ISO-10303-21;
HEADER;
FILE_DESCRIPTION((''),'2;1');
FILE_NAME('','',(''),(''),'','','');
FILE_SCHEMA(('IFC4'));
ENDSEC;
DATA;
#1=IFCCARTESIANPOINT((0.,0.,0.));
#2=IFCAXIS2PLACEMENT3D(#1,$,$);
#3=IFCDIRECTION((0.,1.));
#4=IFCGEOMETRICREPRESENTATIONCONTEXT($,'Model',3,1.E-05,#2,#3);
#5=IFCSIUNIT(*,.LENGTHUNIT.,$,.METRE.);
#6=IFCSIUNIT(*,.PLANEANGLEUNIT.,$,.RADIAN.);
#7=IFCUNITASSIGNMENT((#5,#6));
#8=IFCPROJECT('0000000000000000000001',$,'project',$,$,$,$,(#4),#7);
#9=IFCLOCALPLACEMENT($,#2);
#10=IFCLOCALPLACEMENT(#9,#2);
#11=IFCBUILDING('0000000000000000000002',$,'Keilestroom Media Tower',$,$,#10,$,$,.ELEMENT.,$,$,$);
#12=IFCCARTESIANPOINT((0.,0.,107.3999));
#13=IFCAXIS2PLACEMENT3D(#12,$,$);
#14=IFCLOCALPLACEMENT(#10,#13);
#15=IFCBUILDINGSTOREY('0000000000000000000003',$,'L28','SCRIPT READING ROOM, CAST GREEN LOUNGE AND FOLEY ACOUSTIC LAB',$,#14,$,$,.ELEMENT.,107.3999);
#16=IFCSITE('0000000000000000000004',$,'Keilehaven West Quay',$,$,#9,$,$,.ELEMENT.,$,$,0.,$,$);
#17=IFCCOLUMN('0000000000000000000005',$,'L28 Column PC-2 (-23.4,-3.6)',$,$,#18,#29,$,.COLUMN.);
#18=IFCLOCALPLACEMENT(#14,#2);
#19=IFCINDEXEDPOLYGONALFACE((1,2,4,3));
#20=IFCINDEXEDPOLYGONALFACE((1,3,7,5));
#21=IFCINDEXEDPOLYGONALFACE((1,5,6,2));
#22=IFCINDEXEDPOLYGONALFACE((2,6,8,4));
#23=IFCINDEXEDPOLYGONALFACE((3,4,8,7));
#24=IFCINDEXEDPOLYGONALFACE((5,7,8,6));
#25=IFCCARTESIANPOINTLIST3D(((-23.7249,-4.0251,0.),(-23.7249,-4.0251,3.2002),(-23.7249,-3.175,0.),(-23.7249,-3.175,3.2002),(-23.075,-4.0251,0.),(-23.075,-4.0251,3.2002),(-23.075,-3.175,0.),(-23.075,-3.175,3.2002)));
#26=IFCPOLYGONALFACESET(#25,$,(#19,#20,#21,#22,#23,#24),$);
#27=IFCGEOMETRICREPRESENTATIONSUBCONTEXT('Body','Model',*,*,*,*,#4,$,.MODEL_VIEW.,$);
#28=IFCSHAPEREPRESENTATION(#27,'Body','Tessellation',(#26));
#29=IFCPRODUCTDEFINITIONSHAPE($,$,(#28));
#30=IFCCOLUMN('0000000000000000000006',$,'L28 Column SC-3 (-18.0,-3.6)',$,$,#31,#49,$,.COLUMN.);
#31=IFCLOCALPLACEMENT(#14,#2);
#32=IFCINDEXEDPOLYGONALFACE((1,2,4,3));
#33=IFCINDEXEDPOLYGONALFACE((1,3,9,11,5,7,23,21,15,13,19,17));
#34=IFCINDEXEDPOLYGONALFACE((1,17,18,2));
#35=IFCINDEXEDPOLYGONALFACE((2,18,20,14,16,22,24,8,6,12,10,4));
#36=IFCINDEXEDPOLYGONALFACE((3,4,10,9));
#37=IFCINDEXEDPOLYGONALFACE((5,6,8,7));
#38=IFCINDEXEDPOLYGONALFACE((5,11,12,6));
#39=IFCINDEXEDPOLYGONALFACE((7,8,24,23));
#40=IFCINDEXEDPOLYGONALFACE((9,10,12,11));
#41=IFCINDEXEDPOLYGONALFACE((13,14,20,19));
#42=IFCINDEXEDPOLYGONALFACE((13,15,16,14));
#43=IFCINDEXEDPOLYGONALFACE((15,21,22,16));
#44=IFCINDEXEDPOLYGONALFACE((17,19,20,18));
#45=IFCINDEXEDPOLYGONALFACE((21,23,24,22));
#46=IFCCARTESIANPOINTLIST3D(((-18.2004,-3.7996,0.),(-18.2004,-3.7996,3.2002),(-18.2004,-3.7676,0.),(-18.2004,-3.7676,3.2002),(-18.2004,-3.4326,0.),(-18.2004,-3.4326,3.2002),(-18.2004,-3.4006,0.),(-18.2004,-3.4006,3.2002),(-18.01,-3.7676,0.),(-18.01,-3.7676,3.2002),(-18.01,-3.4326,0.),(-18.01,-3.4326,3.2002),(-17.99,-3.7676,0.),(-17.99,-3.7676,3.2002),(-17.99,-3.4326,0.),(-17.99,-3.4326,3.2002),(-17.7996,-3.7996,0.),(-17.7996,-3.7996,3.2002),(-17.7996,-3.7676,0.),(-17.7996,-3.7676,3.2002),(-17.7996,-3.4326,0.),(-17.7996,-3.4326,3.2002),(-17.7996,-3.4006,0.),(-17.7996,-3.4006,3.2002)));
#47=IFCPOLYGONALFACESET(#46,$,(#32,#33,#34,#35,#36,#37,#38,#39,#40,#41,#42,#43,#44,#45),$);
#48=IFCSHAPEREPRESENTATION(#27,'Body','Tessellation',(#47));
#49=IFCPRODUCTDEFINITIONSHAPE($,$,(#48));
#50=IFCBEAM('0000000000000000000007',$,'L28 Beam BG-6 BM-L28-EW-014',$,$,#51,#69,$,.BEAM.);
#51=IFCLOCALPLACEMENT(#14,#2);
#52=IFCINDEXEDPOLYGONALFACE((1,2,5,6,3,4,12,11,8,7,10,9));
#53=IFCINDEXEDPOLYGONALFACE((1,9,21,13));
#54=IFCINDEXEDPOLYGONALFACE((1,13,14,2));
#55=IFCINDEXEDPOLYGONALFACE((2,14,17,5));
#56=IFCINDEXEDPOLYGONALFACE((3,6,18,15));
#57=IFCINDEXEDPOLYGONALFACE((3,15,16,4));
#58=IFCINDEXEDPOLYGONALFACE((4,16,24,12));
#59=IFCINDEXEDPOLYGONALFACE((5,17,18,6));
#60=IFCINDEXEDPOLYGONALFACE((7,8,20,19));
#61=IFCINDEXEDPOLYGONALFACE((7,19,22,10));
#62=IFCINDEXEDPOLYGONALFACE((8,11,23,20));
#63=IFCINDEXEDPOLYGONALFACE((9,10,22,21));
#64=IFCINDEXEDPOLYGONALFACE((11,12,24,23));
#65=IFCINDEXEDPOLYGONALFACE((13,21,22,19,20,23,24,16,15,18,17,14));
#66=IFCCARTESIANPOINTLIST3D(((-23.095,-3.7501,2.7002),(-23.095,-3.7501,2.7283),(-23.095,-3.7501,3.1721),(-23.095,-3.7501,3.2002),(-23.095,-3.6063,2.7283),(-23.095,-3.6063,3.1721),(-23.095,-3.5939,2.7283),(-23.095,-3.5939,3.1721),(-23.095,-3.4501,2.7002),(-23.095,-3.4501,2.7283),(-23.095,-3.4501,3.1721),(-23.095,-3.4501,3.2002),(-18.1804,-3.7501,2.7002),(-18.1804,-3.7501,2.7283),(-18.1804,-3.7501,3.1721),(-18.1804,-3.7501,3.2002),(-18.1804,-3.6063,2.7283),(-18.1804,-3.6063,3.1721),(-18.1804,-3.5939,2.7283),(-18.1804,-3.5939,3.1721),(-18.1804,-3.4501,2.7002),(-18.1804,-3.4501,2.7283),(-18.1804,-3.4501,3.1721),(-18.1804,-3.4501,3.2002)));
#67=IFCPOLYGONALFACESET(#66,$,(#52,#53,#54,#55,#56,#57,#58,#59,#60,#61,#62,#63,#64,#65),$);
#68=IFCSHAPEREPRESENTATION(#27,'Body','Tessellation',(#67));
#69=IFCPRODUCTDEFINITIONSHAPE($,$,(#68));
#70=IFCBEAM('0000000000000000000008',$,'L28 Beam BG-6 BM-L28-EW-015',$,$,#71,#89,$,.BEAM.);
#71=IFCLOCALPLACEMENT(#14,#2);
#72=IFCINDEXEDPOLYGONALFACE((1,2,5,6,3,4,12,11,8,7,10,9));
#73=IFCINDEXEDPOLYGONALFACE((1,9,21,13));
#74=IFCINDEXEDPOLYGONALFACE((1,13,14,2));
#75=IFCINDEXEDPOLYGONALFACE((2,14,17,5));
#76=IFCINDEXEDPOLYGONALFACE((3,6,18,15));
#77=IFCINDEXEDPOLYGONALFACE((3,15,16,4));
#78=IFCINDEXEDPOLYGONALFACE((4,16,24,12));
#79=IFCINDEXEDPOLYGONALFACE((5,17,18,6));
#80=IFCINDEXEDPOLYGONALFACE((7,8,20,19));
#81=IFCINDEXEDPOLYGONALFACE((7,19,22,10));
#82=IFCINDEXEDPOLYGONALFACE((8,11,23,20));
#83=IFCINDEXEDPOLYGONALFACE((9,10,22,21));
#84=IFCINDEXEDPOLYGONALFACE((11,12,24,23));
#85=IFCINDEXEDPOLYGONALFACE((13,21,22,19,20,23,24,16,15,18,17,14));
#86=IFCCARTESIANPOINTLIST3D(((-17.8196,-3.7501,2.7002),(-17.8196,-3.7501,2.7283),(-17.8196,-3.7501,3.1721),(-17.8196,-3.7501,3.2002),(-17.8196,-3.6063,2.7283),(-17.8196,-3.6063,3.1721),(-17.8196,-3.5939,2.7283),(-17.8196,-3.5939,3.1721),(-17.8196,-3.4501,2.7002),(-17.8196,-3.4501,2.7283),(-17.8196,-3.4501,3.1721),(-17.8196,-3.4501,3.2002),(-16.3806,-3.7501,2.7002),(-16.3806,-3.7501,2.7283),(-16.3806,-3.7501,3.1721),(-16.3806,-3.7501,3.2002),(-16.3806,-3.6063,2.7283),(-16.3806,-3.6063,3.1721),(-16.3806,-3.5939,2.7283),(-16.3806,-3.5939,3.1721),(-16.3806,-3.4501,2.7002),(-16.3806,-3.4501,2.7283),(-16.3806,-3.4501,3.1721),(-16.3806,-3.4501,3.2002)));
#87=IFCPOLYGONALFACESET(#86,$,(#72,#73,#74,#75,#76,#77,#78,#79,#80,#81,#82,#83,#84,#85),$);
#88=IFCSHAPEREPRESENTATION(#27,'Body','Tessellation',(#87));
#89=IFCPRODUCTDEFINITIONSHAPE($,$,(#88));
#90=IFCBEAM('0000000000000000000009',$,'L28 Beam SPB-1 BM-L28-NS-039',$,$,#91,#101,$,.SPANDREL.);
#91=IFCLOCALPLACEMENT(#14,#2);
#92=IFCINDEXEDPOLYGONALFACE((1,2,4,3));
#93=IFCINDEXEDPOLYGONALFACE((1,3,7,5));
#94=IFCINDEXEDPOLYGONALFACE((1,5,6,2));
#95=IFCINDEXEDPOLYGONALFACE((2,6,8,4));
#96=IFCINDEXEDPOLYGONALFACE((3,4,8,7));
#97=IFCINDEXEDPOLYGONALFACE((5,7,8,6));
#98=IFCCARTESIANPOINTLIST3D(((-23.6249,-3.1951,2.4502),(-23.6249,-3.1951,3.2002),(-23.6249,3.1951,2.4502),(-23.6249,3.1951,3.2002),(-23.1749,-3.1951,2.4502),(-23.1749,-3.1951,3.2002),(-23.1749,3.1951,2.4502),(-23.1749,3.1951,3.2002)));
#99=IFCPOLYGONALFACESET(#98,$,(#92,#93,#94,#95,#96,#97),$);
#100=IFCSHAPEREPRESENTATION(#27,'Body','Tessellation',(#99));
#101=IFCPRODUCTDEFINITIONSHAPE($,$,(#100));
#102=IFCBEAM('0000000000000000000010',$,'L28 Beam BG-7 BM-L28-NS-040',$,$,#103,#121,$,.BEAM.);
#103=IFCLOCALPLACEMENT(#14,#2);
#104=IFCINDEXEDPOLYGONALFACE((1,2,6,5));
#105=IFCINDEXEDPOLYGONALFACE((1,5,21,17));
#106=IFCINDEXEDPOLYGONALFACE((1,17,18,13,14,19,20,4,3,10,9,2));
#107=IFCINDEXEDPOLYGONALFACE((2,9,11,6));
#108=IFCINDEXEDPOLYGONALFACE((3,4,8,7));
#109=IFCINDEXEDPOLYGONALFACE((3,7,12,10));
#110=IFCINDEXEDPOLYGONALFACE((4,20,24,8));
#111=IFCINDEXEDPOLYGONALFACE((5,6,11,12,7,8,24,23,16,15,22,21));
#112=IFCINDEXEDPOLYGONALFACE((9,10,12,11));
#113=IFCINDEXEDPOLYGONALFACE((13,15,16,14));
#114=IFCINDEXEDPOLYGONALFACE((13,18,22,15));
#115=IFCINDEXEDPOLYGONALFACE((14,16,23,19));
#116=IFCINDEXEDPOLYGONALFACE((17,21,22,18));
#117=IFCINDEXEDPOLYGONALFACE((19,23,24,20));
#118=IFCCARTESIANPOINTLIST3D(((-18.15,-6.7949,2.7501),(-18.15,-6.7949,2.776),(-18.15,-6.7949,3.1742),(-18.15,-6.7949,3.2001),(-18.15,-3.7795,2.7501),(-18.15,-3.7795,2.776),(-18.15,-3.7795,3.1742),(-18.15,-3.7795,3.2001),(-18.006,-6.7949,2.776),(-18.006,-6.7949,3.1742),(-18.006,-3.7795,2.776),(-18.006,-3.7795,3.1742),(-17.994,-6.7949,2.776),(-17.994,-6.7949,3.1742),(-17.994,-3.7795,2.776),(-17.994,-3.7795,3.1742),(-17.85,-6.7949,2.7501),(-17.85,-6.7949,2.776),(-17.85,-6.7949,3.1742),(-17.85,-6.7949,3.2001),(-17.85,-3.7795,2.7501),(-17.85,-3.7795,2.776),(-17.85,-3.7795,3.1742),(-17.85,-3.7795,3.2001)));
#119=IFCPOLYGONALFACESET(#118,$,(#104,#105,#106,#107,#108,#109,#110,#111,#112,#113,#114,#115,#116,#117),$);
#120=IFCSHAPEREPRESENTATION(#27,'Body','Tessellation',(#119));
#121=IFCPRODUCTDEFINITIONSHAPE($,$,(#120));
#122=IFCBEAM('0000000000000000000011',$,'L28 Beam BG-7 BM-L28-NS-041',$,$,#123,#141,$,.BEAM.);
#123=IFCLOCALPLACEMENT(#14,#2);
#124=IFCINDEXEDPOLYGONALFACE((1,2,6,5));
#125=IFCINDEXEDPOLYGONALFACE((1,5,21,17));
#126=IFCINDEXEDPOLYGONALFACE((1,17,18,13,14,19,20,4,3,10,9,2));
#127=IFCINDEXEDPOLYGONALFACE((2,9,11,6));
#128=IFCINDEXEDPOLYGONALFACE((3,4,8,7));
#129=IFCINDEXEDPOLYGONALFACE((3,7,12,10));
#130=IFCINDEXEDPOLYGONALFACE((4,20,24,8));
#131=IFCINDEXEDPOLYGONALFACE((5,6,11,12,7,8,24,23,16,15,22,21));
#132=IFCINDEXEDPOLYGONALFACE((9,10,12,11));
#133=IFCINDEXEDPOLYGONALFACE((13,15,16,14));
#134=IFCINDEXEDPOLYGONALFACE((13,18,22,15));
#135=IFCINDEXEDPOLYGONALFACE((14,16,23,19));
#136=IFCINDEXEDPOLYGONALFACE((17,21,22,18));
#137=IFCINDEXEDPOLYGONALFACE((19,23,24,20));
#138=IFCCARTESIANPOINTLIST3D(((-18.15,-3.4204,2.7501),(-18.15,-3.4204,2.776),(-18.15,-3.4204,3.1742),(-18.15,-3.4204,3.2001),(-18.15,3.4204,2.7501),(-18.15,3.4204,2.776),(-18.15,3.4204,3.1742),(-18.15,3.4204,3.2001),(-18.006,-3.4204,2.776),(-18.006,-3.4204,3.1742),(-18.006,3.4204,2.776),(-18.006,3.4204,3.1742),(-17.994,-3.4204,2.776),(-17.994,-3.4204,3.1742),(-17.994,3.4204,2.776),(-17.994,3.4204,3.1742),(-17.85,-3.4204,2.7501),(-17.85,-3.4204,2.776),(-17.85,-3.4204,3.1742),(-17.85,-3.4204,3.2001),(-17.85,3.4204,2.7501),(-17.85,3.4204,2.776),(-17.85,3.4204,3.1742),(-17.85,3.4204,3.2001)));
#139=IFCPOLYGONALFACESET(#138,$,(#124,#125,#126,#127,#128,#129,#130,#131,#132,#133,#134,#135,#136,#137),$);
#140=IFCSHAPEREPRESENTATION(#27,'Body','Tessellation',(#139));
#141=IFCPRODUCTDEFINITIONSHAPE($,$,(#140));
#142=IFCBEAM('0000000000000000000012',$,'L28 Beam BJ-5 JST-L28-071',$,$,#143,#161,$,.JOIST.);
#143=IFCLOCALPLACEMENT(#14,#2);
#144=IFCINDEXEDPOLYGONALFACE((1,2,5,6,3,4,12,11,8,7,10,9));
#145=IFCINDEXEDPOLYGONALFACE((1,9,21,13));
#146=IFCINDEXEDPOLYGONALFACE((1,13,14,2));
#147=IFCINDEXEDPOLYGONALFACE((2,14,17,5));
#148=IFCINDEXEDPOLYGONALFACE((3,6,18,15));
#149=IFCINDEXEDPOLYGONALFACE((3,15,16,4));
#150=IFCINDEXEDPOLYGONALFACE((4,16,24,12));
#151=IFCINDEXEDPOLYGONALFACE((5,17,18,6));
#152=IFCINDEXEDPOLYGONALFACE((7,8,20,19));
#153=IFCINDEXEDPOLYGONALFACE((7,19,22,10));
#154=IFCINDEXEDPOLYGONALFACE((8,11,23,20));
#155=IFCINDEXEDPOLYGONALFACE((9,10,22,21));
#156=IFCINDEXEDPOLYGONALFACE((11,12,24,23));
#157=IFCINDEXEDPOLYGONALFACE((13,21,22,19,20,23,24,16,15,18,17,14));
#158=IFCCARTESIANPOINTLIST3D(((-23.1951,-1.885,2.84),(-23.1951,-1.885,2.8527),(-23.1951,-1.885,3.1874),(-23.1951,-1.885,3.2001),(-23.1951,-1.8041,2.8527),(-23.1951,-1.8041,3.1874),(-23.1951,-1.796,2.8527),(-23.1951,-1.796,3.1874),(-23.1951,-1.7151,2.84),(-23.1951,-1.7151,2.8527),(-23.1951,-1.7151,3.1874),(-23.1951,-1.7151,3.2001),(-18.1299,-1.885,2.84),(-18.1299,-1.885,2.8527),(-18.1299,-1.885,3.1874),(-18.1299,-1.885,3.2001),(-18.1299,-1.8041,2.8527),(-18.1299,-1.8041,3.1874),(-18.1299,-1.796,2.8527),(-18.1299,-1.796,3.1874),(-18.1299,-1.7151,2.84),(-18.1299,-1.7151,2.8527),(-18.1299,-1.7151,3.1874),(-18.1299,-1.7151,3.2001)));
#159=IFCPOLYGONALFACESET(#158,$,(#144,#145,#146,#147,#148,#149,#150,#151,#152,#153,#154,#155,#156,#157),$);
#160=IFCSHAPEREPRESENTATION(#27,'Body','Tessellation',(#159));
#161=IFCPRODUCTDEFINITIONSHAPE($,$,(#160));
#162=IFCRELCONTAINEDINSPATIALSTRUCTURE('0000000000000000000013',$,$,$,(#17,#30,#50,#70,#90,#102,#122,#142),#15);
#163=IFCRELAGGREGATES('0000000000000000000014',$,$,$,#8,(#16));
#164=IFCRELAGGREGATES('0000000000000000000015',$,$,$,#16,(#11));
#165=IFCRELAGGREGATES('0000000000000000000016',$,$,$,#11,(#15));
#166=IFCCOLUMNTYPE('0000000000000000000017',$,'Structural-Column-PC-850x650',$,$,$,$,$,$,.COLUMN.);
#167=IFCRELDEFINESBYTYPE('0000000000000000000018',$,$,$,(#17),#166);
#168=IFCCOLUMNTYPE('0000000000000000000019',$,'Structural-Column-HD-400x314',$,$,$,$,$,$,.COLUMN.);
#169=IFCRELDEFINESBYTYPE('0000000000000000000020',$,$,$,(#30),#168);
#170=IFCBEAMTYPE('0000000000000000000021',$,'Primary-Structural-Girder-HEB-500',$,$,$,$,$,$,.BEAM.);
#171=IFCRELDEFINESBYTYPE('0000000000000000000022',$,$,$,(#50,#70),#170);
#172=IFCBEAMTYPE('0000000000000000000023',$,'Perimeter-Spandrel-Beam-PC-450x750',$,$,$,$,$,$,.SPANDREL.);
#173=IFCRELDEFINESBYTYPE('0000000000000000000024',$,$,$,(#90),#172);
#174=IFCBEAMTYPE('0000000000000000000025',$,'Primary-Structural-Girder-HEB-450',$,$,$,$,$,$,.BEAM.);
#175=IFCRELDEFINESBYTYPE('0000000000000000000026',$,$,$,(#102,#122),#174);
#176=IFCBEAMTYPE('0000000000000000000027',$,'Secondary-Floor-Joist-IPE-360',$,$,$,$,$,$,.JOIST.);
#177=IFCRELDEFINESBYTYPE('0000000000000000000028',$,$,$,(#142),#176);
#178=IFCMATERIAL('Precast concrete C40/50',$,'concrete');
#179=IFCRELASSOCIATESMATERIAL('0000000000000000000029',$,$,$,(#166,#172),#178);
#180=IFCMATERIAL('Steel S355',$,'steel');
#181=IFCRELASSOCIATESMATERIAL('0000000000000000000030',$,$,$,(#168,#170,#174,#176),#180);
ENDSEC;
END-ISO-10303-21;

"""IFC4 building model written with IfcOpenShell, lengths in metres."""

from ifc_helpers import new_model, si_unit, direction, frame, origin, origin_2d, place, context, subcontext, project, spatial, rectangle, i_section, extrude, source, transform, mapped, material, material_profile, profile_set, type_object, element, save


model = new_model("IFC4")

# Units and contexts
model_context = context("Model", 3, precision=1e-05, world=origin(), true_north=direction((0.0, 1.0)))
body_context = subcontext(model_context, "Body", "Model", "MODEL_VIEW")
ifc_project = project(units=[si_unit("LENGTHUNIT", "METRE"), si_unit("PLANEANGLEUNIT", "RADIAN")], contexts=[model_context])

# Site, building, storey
site_placement = place(None, origin())
site = spatial("IfcSite", under=ifc_project, at=site_placement, Name="Keilehaven West Quay", CompositionType="ELEMENT", RefElevation=0.0)
building_placement = place(site_placement, origin())
building = spatial("IfcBuilding", under=site, at=building_placement, Name="Keilestroom Media Tower", CompositionType="ELEMENT")
storey_placement = place(building_placement, frame((0.0, 0.0, 107.3999)))
storey = spatial("IfcBuildingStorey", under=building, at=storey_placement, Name="L28", Description="SCRIPT READING ROOM, CAST GREEN LOUNGE AND FOLEY ACOUSTIC LAB", CompositionType="ELEMENT", Elevation=107.3999)

# Columns
ifc_material_1 = material(Name="Precast concrete C40/50", Category="concrete")
ifc_material_profile_1 = material_profile(ifc_material_1, rectangle(XDim=0.6499, YDim=0.8501, at=origin_2d()), Name="PC 850x650")
ifc_profile_set_1 = profile_set([ifc_material_profile_1], Name="Precast concrete C40/50")
column_type_1 = type_object("IfcColumnType", Name="Structural-Column-PC-850x650", PredefinedType="COLUMN", material=ifc_profile_set_1)
shared_shape_1 = source(origin(), body_context, "Body", "SweptSolid", [
    extrude(rectangle(XDim=0.6499, YDim=0.8501, at=origin_2d()), origin(), (0.0, 0.0, 1.0), 3.2002),
])
column_1_placement = place(storey_placement, frame((-23.3999, -3.6001, 0.0), z_axis=(0.0, 0.0, 1.0), x_axis=(1.0, 0.0, 0.0)))
element("IfcColumn", 1, at=column_1_placement, inside=storey, type_object=column_type_1, Name="L28 Column PC-2 (-23.4,-3.6)", PredefinedType="COLUMN", context=body_context, shape_type="MappedRepresentation", body=[
    mapped(shared_shape_1, transform((0.0, 0.0, 0.0), x_axis=(1.0, 0.0, 0.0), y_axis=(0.0, 1.0, 0.0), z_axis=(0.0, 0.0, 1.0), scale=1.0)),
])
ifc_material_2 = material(Name="Steel S355", Category="steel")
ifc_material_profile_2 = material_profile(ifc_material_2, i_section(OverallWidth=0.4009, OverallDepth=0.3989, WebThickness=0.02, FlangeThickness=0.032, at=origin_2d()), Name="HD 400x314")
ifc_profile_set_2 = profile_set([ifc_material_profile_2], Name="Steel S355")
column_type_2 = type_object("IfcColumnType", Name="Structural-Column-HD-400x314", PredefinedType="COLUMN", material=ifc_profile_set_2)
shared_shape_2 = source(origin(), body_context, "Body", "SweptSolid", [
    extrude(i_section(OverallWidth=0.4009, OverallDepth=0.3989, WebThickness=0.02, FlangeThickness=0.032, at=origin_2d()), origin(), (0.0, 0.0, 1.0), 3.2002),
])
column_2_placement = place(storey_placement, frame((-18.0, -3.6001, 0.0), z_axis=(0.0, 0.0, 1.0), x_axis=(1.0, 0.0, 0.0)))
element("IfcColumn", 2, at=column_2_placement, inside=storey, type_object=column_type_2, Name="L28 Column SC-3 (-18.0,-3.6)", PredefinedType="COLUMN", context=body_context, shape_type="MappedRepresentation", body=[
    mapped(shared_shape_2, transform((0.0, 0.0, 0.0), x_axis=(1.0, 0.0, 0.0), y_axis=(0.0, 1.0, 0.0), z_axis=(0.0, 0.0, 1.0), scale=1.0)),
])

# Beams
ifc_material_profile_3 = material_profile(ifc_material_2, i_section(OverallWidth=0.3, OverallDepth=0.5, WebThickness=0.0125, FlangeThickness=0.0281, at=origin_2d()), Name="HEB 500")
ifc_profile_set_3 = profile_set([ifc_material_profile_3], Name="Steel S355")
beam_type_1 = type_object("IfcBeamType", Name="Primary-Structural-Girder-HEB-500", PredefinedType="BEAM", material=ifc_profile_set_3)
shared_shape_3 = source(origin(), body_context, "Body", "SweptSolid", [
    extrude(i_section(OverallWidth=0.3, OverallDepth=0.5, WebThickness=0.0125, FlangeThickness=0.0281, at=origin_2d()), origin(), (0.0, 0.0, 1.0), 4.9146),
])
beam_1_placement = place(storey_placement, frame((-23.095, -3.6001, 2.9502), z_axis=(1.0, 0.0, 0.0), x_axis=(0.0, 1.0, 0.0)))
element("IfcBeam", 3, at=beam_1_placement, inside=storey, type_object=beam_type_1, Name="L28 Beam BG-6 BM-L28-EW-014", PredefinedType="BEAM", context=body_context, shape_type="MappedRepresentation", body=[
    mapped(shared_shape_3, transform((0.0, 0.0, 0.0), x_axis=(1.0, 0.0, 0.0), y_axis=(0.0, 1.0, 0.0), z_axis=(0.0, 0.0, 1.0), scale=1.0)),
])
shared_shape_4 = source(origin(), body_context, "Body", "SweptSolid", [
    extrude(i_section(OverallWidth=0.3, OverallDepth=0.5, WebThickness=0.0125, FlangeThickness=0.0281, at=origin_2d()), origin(), (0.0, 0.0, 1.0), 1.439),
])
beam_2_placement = place(storey_placement, frame((-17.8196, -3.6001, 2.9502), z_axis=(1.0, 0.0, 0.0), x_axis=(0.0, 1.0, 0.0)))
element("IfcBeam", 4, at=beam_2_placement, inside=storey, type_object=beam_type_1, Name="L28 Beam BG-6 BM-L28-EW-015", PredefinedType="BEAM", context=body_context, shape_type="MappedRepresentation", body=[
    mapped(shared_shape_4, transform((0.0, 0.0, 0.0), x_axis=(1.0, 0.0, 0.0), y_axis=(0.0, 1.0, 0.0), z_axis=(0.0, 0.0, 1.0), scale=1.0)),
])
ifc_material_profile_4 = material_profile(ifc_material_1, rectangle(XDim=0.45, YDim=0.75, at=origin_2d()), Name="PC 450x750")
ifc_profile_set_4 = profile_set([ifc_material_profile_4], Name="Precast concrete C40/50")
beam_type_2 = type_object("IfcBeamType", Name="Perimeter-Spandrel-Beam-PC-450x750", PredefinedType="SPANDREL", material=ifc_profile_set_4)
shared_shape_5 = source(origin(), body_context, "Body", "SweptSolid", [
    extrude(rectangle(XDim=0.45, YDim=0.75, at=origin_2d()), origin(), (0.0, 0.0, 1.0), 6.3901),
])
beam_3_placement = place(storey_placement, frame((-23.3999, -3.1951, 2.8252), z_axis=(0.0, 1.0, 0.0), x_axis=(-1.0, 0.0, 0.0)))
element("IfcBeam", 5, at=beam_3_placement, inside=storey, type_object=beam_type_2, Name="L28 Beam SPB-1 BM-L28-NS-039", PredefinedType="SPANDREL", context=body_context, shape_type="MappedRepresentation", body=[
    mapped(shared_shape_5, transform((0.0, 0.0, 0.0), x_axis=(1.0, 0.0, 0.0), y_axis=(0.0, 1.0, 0.0), z_axis=(0.0, 0.0, 1.0), scale=1.0)),
])
ifc_material_profile_5 = material_profile(ifc_material_2, i_section(OverallWidth=0.3, OverallDepth=0.45, WebThickness=0.012, FlangeThickness=0.0259, at=origin_2d()), Name="HEB 450")
ifc_profile_set_5 = profile_set([ifc_material_profile_5], Name="Steel S355")
beam_type_3 = type_object("IfcBeamType", Name="Primary-Structural-Girder-HEB-450", PredefinedType="BEAM", material=ifc_profile_set_5)
shared_shape_6 = source(origin(), body_context, "Body", "SweptSolid", [
    extrude(i_section(OverallWidth=0.3, OverallDepth=0.45, WebThickness=0.012, FlangeThickness=0.0259, at=origin_2d()), origin(), (0.0, 0.0, 1.0), 3.0154),
])
beam_4_placement = place(storey_placement, frame((-18.0, -6.7949, 2.9751), z_axis=(0.0, 1.0, 0.0), x_axis=(-1.0, 0.0, 0.0)))
element("IfcBeam", 6, at=beam_4_placement, inside=storey, type_object=beam_type_3, Name="L28 Beam BG-7 BM-L28-NS-040", PredefinedType="BEAM", context=body_context, shape_type="MappedRepresentation", body=[
    mapped(shared_shape_6, transform((0.0, 0.0, 0.0), x_axis=(1.0, 0.0, 0.0), y_axis=(0.0, 1.0, 0.0), z_axis=(0.0, 0.0, 1.0), scale=1.0)),
])
shared_shape_7 = source(origin(), body_context, "Body", "SweptSolid", [
    extrude(i_section(OverallWidth=0.3, OverallDepth=0.45, WebThickness=0.012, FlangeThickness=0.0259, at=origin_2d()), origin(), (0.0, 0.0, 1.0), 6.8408),
])
beam_5_placement = place(storey_placement, frame((-18.0, -3.4204, 2.9751), z_axis=(0.0, 1.0, 0.0), x_axis=(-1.0, 0.0, 0.0)))
element("IfcBeam", 7, at=beam_5_placement, inside=storey, type_object=beam_type_3, Name="L28 Beam BG-7 BM-L28-NS-041", PredefinedType="BEAM", context=body_context, shape_type="MappedRepresentation", body=[
    mapped(shared_shape_7, transform((0.0, 0.0, 0.0), x_axis=(1.0, 0.0, 0.0), y_axis=(0.0, 1.0, 0.0), z_axis=(0.0, 0.0, 1.0), scale=1.0)),
])
ifc_material_profile_6 = material_profile(ifc_material_2, i_section(OverallWidth=0.1699, OverallDepth=0.3601, WebThickness=0.0081, FlangeThickness=0.0127, at=origin_2d()), Name="IPE 360")
ifc_profile_set_6 = profile_set([ifc_material_profile_6], Name="Steel S355")
beam_type_4 = type_object("IfcBeamType", Name="Secondary-Floor-Joist-IPE-360", PredefinedType="JOIST", material=ifc_profile_set_6)
shared_shape_8 = source(origin(), body_context, "Body", "SweptSolid", [
    extrude(i_section(OverallWidth=0.1699, OverallDepth=0.3601, WebThickness=0.0081, FlangeThickness=0.0127, at=origin_2d()), origin(), (0.0, 0.0, 1.0), 5.0652),
])
beam_6_placement = place(storey_placement, frame((-23.1951, -1.8, 3.02), z_axis=(1.0, 0.0, 0.0), x_axis=(0.0, 1.0, 0.0)))
element("IfcBeam", 8, at=beam_6_placement, inside=storey, type_object=beam_type_4, Name="L28 Beam BJ-5 JST-L28-071", PredefinedType="JOIST", context=body_context, shape_type="MappedRepresentation", body=[
    mapped(shared_shape_8, transform((0.0, 0.0, 0.0), x_axis=(1.0, 0.0, 0.0), y_axis=(0.0, 1.0, 0.0), z_axis=(0.0, 0.0, 1.0), scale=1.0)),
])

save(model, "model.ifc")
